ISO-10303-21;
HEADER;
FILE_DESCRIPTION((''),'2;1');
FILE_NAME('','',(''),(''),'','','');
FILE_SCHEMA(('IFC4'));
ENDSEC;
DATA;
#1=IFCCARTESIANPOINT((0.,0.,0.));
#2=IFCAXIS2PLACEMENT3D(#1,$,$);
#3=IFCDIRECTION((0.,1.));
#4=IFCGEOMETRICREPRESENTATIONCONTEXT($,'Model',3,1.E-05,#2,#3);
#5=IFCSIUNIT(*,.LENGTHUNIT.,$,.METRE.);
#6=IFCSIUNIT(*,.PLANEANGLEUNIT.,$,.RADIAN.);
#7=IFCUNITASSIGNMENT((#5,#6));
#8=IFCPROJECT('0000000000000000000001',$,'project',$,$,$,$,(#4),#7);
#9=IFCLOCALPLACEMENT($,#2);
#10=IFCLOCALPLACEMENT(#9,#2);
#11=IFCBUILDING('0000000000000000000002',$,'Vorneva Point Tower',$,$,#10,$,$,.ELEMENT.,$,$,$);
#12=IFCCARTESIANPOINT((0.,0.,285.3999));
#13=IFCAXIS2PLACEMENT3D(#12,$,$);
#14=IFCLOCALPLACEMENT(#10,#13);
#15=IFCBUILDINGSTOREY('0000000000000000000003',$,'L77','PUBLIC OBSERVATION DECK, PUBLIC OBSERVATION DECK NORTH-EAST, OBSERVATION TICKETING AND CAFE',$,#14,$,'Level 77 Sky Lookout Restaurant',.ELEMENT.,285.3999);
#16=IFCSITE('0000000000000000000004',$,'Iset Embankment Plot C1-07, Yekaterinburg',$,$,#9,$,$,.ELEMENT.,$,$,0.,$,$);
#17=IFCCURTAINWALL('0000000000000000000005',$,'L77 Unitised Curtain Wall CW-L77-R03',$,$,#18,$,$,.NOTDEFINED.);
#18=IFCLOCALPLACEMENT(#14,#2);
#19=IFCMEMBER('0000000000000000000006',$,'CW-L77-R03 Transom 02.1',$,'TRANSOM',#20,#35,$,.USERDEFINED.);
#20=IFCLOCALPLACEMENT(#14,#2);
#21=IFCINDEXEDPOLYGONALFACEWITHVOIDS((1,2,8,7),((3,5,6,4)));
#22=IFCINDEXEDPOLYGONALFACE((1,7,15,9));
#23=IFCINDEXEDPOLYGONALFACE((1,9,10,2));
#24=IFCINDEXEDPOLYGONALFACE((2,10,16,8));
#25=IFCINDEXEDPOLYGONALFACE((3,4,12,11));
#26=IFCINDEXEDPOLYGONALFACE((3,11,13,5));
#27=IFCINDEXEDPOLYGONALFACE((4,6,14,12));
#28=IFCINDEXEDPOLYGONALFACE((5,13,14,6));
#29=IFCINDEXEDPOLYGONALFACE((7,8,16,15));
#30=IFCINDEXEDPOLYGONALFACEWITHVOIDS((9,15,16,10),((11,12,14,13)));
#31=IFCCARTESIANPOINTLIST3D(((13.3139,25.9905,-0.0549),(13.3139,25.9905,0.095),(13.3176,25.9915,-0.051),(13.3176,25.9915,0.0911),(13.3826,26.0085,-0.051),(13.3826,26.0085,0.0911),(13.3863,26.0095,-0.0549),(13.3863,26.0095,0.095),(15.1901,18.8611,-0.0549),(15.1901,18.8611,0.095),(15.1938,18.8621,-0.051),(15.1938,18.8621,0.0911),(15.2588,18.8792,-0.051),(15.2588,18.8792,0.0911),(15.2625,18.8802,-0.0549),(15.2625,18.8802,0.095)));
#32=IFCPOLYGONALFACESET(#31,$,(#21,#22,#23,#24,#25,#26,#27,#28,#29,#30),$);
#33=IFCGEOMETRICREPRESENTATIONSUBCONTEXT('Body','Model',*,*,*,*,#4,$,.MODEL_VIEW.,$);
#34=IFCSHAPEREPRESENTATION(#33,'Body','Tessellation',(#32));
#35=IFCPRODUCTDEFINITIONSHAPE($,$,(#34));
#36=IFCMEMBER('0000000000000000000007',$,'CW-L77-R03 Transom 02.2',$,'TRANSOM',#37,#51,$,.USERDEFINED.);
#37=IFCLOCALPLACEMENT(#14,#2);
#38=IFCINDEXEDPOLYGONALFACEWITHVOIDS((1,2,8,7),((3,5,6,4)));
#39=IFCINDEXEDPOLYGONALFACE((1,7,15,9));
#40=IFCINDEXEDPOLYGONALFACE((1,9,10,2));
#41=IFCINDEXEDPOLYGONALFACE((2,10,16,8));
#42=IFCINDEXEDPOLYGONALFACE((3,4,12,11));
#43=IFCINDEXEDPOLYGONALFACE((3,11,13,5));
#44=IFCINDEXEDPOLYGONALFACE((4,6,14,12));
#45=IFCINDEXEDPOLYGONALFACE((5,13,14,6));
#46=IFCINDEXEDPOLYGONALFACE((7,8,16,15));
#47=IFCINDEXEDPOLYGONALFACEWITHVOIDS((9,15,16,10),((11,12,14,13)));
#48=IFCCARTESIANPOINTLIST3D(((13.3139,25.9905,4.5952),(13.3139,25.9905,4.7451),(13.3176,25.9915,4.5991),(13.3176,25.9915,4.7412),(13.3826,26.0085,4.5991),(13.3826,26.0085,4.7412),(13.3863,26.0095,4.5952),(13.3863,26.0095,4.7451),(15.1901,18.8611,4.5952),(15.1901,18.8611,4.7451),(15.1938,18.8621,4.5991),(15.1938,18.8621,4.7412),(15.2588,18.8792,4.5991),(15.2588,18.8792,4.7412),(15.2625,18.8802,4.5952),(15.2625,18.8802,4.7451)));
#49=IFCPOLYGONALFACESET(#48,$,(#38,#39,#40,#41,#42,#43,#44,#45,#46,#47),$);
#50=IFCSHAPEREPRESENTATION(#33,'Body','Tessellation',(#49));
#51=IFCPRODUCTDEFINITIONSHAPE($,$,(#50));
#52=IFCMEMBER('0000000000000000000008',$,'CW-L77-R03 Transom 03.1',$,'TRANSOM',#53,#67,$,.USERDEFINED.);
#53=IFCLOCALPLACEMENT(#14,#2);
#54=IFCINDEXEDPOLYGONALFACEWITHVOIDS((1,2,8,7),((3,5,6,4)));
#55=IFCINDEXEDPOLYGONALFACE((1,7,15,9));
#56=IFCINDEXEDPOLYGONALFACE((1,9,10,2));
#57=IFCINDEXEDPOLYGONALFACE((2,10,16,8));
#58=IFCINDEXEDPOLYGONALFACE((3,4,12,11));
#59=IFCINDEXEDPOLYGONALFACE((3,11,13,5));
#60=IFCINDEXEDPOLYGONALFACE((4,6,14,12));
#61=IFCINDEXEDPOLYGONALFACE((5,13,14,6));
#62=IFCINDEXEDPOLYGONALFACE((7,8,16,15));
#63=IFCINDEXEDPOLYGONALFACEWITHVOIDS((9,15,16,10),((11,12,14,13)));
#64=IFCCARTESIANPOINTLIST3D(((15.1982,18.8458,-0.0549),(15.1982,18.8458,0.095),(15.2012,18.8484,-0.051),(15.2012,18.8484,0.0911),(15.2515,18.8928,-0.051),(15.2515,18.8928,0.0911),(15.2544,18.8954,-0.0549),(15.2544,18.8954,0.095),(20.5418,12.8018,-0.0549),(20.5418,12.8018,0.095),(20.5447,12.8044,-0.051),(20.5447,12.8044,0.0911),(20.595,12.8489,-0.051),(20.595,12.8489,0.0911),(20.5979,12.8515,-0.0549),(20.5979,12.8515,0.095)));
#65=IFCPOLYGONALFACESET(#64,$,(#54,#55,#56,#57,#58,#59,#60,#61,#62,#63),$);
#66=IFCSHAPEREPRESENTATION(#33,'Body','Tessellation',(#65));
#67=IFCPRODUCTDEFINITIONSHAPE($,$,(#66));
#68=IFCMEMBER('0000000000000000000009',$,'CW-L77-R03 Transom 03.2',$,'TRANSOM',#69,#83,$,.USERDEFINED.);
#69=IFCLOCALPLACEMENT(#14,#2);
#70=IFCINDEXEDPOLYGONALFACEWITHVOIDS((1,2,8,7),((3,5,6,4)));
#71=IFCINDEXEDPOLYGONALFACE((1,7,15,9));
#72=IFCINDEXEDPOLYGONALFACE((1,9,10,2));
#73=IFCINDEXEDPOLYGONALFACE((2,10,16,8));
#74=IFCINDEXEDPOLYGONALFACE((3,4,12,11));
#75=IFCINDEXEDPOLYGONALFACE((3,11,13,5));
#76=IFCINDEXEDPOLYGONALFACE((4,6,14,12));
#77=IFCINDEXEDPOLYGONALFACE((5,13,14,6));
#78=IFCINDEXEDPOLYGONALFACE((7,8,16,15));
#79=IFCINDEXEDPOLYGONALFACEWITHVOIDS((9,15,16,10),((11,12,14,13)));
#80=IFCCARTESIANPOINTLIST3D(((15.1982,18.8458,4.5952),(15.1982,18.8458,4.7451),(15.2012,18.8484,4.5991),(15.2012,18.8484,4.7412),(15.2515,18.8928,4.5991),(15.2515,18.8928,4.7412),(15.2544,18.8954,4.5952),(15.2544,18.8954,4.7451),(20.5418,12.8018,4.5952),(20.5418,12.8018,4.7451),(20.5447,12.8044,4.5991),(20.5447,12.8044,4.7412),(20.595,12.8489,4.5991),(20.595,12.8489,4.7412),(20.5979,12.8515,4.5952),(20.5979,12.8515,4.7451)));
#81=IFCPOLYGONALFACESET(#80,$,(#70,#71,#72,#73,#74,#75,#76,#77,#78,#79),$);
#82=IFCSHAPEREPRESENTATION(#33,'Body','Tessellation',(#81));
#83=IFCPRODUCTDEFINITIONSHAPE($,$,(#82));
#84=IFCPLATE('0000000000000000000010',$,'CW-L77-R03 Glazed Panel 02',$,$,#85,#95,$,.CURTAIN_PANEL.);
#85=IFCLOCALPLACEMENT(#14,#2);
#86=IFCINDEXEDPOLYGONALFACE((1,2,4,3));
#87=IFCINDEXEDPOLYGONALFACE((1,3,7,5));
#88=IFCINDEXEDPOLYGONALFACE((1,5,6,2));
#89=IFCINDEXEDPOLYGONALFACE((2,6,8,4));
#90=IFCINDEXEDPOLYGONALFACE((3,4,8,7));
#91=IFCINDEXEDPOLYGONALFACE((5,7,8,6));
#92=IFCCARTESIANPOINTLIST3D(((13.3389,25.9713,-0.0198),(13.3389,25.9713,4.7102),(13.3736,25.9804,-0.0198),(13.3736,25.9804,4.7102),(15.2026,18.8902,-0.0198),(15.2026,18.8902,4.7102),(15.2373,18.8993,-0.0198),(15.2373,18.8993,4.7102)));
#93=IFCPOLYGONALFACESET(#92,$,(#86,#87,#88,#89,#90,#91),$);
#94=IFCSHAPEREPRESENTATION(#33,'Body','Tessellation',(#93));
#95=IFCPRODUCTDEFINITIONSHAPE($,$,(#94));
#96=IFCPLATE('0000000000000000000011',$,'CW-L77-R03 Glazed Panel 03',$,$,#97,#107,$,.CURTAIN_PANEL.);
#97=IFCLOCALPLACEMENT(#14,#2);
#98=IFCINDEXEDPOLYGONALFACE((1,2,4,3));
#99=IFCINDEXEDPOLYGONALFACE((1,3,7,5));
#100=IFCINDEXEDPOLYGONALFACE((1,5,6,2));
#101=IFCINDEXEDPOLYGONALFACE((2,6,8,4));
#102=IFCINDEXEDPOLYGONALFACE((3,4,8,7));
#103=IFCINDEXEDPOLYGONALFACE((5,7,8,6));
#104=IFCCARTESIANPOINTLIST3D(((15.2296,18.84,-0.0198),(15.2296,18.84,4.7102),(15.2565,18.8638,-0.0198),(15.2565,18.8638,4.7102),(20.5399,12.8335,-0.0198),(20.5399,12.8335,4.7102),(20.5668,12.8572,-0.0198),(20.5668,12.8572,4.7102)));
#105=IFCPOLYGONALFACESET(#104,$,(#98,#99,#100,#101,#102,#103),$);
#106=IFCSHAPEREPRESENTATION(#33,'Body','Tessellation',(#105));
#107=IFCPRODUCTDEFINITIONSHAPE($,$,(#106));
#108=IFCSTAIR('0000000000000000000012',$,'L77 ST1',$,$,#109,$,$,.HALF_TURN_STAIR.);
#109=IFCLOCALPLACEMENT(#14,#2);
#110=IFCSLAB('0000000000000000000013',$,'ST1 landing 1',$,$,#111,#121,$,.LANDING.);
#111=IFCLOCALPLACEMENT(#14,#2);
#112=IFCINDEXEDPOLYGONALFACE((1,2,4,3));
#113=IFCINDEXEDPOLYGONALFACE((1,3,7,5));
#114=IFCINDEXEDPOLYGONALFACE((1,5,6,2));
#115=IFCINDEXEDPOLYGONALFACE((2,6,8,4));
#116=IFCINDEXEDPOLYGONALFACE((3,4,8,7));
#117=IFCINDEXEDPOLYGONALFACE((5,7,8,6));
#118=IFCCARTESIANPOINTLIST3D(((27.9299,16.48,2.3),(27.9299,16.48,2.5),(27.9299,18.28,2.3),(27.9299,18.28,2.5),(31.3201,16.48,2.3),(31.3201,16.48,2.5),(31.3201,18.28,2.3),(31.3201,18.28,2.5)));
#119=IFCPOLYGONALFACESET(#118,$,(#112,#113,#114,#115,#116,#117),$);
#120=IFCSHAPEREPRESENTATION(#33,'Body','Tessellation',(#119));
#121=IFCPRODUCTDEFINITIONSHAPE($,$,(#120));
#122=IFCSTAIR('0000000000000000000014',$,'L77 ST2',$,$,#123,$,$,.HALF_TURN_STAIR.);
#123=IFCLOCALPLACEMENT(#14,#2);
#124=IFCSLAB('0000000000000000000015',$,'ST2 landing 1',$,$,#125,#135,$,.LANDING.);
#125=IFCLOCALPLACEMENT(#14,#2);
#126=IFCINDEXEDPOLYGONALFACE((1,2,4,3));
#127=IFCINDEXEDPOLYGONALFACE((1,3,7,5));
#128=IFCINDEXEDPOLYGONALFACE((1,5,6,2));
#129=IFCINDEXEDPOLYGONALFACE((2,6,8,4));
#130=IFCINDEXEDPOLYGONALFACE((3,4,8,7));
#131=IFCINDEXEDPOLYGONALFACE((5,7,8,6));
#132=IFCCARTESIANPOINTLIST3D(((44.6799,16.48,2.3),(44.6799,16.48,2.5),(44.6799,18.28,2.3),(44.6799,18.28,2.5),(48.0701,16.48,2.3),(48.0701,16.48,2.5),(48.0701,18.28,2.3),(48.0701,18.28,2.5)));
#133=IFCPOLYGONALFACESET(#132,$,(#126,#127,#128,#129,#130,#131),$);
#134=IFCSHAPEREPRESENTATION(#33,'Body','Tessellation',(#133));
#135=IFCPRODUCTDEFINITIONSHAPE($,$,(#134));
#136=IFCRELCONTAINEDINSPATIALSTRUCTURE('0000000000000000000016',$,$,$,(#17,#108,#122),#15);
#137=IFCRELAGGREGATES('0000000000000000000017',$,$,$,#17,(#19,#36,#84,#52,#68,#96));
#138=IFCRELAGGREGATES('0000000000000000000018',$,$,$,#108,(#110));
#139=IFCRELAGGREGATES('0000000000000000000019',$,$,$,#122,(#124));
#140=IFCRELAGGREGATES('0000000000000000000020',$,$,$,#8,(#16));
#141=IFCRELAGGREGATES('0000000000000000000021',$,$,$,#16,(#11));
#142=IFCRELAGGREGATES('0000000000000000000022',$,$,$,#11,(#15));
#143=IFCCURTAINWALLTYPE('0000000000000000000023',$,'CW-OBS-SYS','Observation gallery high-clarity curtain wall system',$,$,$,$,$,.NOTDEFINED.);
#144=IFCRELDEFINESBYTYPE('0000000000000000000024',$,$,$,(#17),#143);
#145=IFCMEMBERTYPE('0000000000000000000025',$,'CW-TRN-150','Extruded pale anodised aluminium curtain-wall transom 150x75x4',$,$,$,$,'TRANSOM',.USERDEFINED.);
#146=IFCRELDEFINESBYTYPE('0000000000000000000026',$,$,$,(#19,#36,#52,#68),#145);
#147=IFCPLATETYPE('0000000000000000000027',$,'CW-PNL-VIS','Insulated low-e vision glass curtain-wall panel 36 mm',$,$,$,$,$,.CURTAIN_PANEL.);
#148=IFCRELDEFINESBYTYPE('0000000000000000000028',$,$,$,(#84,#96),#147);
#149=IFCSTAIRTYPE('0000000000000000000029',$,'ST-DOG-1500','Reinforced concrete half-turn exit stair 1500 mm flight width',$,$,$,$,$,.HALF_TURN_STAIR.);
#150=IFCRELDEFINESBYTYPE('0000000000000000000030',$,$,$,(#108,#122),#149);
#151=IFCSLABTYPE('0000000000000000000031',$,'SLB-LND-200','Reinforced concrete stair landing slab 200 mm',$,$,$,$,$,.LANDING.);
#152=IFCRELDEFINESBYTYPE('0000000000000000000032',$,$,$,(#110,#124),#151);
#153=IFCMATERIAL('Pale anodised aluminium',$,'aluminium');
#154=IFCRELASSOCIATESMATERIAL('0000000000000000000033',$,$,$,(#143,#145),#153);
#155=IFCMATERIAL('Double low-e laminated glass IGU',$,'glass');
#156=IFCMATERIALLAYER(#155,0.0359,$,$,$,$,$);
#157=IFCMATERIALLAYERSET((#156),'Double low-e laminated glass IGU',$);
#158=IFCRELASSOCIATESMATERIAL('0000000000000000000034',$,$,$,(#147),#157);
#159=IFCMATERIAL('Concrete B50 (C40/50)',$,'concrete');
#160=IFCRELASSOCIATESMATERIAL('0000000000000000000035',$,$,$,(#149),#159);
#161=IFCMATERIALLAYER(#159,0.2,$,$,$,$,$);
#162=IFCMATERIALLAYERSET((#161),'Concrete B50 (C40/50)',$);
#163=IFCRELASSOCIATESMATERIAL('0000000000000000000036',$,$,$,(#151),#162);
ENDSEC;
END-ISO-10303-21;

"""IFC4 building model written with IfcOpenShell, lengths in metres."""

from ifc_helpers import new_model, si_unit, direction, frame, origin, origin_2d, place, context, subcontext, project, spatial, polyline, rectangle, hollow_rectangle, outline, extrude, material, layer, layer_set, material_profile, profile_set, type_object, element, aggregate, save


model = new_model("IFC4")

# Units and contexts
model_context = context("Model", 3, precision=1e-05, world=origin(), true_north=direction((0.0, 1.0)))
body_context = subcontext(model_context, "Body", "Model", "MODEL_VIEW")
ifc_project = project(units=[si_unit("LENGTHUNIT", "METRE"), si_unit("PLANEANGLEUNIT", "RADIAN")], contexts=[model_context])

# Site, building, storey
site_placement = place(None, origin())
site = spatial("IfcSite", under=ifc_project, at=site_placement, Name="Iset Embankment Plot C1-07, Yekaterinburg", CompositionType="ELEMENT", RefElevation=0.0)
building_placement = place(site_placement, origin())
building = spatial("IfcBuilding", under=site, at=building_placement, Name="Vorneva Point Tower", CompositionType="ELEMENT")
storey_placement = place(building_placement, frame((0.0, 0.0, 285.3999)))
storey = spatial("IfcBuildingStorey", under=building, at=storey_placement, Name="L77", Description="PUBLIC OBSERVATION DECK, PUBLIC OBSERVATION DECK NORTH-EAST, OBSERVATION TICKETING AND CAFE", LongName="Level 77 Sky Lookout Restaurant", CompositionType="ELEMENT", Elevation=285.3999)

# Shared definitions
ifc_material_1 = material(Name="Concrete B50 (C40/50)", Category="concrete")

# Curtain wall, members, plates
ifc_material_2 = material(Name="Pale anodised aluminium", Category="aluminium")
curtain_wall_type = type_object("IfcCurtainWallType", Name="CW-OBS-SYS", Description="Observation gallery high-clarity curtain wall system", PredefinedType="NOTDEFINED", material=ifc_material_2)
curtain_wall_placement = place(storey_placement, origin())
curtain_wall = element("IfcCurtainWall", 1, at=curtain_wall_placement, inside=storey, type_object=curtain_wall_type, Name="L77 Unitised Curtain Wall CW-L77-R03", PredefinedType="NOTDEFINED")
ifc_material_profile_1 = material_profile(ifc_material_2, hollow_rectangle(XDim=0.075, YDim=0.1499, WallThickness=0.0039, at=origin_2d()), Name="AL-TRN 150x75x4")
ifc_profile_set_1 = profile_set([ifc_material_profile_1], Name="Pale anodised aluminium")
member_type_1 = type_object("IfcMemberType", Name="CW-TRN-150", Description="Extruded pale anodised aluminium curtain-wall transom 150x75x4", ElementType="TRANSOM", PredefinedType="USERDEFINED", material=ifc_profile_set_1)
member_1_placement = place(storey_placement, frame((13.3501, 26.0, 0.02), z_axis=(0.254501, -0.967072, 0.0), x_axis=(0.967072, 0.254501, 0.0)))
member_1 = element("IfcMember", 2, at=member_1_placement, type_object=member_type_1, Name="CW-L77-R03 Transom 02.1", ObjectType="TRANSOM", PredefinedType="USERDEFINED", context=body_context, shape_type="SweptSolid", body=[
    extrude(hollow_rectangle(XDim=0.075, YDim=0.1499, WallThickness=0.0039, at=origin_2d()), origin(), (0.0, 0.0, 1.0), 7.3721),
])
member_2_placement = place(storey_placement, frame((13.3501, 26.0, 4.6702), z_axis=(0.254501, -0.967072, 0.0), x_axis=(0.967072, 0.254501, 0.0)))
member_2 = element("IfcMember", 3, at=member_2_placement, type_object=member_type_1, Name="CW-L77-R03 Transom 02.2", ObjectType="TRANSOM", PredefinedType="USERDEFINED", context=body_context, shape_type="SweptSolid", body=[
    extrude(hollow_rectangle(XDim=0.075, YDim=0.1499, WallThickness=0.0039, at=origin_2d()), origin(), (0.0, 0.0, 1.0), 7.3721),
])
member_3_placement = place(storey_placement, frame((15.2263, 18.8706, 0.02), z_axis=(0.662361, -0.749185, 0.0), x_axis=(0.749185, 0.662361, 0.0)))
member_3 = element("IfcMember", 4, at=member_3_placement, type_object=member_type_1, Name="CW-L77-R03 Transom 03.1", ObjectType="TRANSOM", PredefinedType="USERDEFINED", context=body_context, shape_type="SweptSolid", body=[
    extrude(hollow_rectangle(XDim=0.075, YDim=0.1499, WallThickness=0.0039, at=origin_2d()), origin(), (0.0, 0.0, 1.0), 8.0674),
])
member_4_placement = place(storey_placement, frame((15.2263, 18.8706, 4.6702), z_axis=(0.662361, -0.749185, 0.0), x_axis=(0.749185, 0.662361, 0.0)))
member_4 = element("IfcMember", 5, at=member_4_placement, type_object=member_type_1, Name="CW-L77-R03 Transom 03.2", ObjectType="TRANSOM", PredefinedType="USERDEFINED", context=body_context, shape_type="SweptSolid", body=[
    extrude(hollow_rectangle(XDim=0.075, YDim=0.1499, WallThickness=0.0039, at=origin_2d()), origin(), (0.0, 0.0, 1.0), 8.0674),
])
ifc_material_3 = material(Name="Double low-e laminated glass IGU", Category="glass")
ifc_layer_1 = layer(ifc_material_3, 0.0359)
ifc_layer_set_1 = layer_set([ifc_layer_1], Name="Double low-e laminated glass IGU")
plate_type = type_object("IfcPlateType", Name="CW-PNL-VIS", Description="Insulated low-e vision glass curtain-wall panel 36 mm", PredefinedType="CURTAIN_PANEL", material=ifc_layer_set_1)
plate_1_placement = place(storey_placement, frame((14.2881, 22.4353, -0.0198), z_axis=(0.0, 0.0, 1.0), x_axis=(0.254518, -0.967068, 0.0)))
plate_1 = element("IfcPlate", 6, at=plate_1_placement, type_object=plate_type, Name="CW-L77-R03 Glazed Panel 02", PredefinedType="CURTAIN_PANEL", context=body_context, shape_type="SweptSolid", body=[
    extrude(rectangle(XDim=7.3223, YDim=0.0359, at=origin_2d()), origin(), (0.0, 0.0, 1.0), 4.73),
])
plate_2_placement = place(storey_placement, frame((17.8982, 15.8486, -0.0198), z_axis=(0.0, 0.0, 1.0), x_axis=(0.662345, -0.749199, 0.0)))
plate_2 = element("IfcPlate", 7, at=plate_2_placement, type_object=plate_type, Name="CW-L77-R03 Glazed Panel 03", PredefinedType="CURTAIN_PANEL", context=body_context, shape_type="SweptSolid", body=[
    extrude(rectangle(XDim=8.0173, YDim=0.0359, at=origin_2d()), origin(), (0.0, 0.0, 1.0), 4.73),
])
aggregate(curtain_wall, [member_1, member_2, plate_1, member_3, member_4, plate_2])

# Stairs, slabs
stair_type = type_object("IfcStairType", Name="ST-DOG-1500", Description="Reinforced concrete half-turn exit stair 1500 mm flight width", PredefinedType="HALF_TURN_STAIR", material=ifc_material_1)
stair_1_placement = place(storey_placement, origin())
stair_1 = element("IfcStair", 8, at=stair_1_placement, inside=storey, type_object=stair_type, Name="L77 ST1", PredefinedType="HALF_TURN_STAIR")
ifc_layer_2 = layer(ifc_material_1, 0.2)
ifc_layer_set_2 = layer_set([ifc_layer_2], Name="Concrete B50 (C40/50)")
slab_type_1 = type_object("IfcSlabType", Name="SLB-LND-200", Description="Reinforced concrete stair landing slab 200 mm", PredefinedType="LANDING", material=ifc_layer_set_2)
slab_1_placement = place(storey_placement, frame((0.0, 0.0, 2.3)))
slab_1 = element("IfcSlab", 9, at=slab_1_placement, type_object=slab_type_1, Name="ST1 landing 1", PredefinedType="LANDING", context=body_context, shape_type="SweptSolid", body=[
    extrude(outline(polyline([(27.9299, 16.48), (31.3201, 16.48), (31.3201, 18.28), (27.9299, 18.28), (27.9299, 16.48)])), origin(), (0.0, 0.0, 1.0), 0.2),
])
aggregate(stair_1, [slab_1])
stair_2_placement = place(storey_placement, origin())
stair_2 = element("IfcStair", 10, at=stair_2_placement, inside=storey, type_object=stair_type, Name="L77 ST2", PredefinedType="HALF_TURN_STAIR")
slab_2_placement = place(storey_placement, frame((0.0, 0.0, 2.3)))
slab_2 = element("IfcSlab", 11, at=slab_2_placement, type_object=slab_type_1, Name="ST2 landing 1", PredefinedType="LANDING", context=body_context, shape_type="SweptSolid", body=[
    extrude(outline(polyline([(44.6799, 16.48), (48.0701, 16.48), (48.0701, 18.28), (44.6799, 18.28), (44.6799, 16.48)])), origin(), (0.0, 0.0, 1.0), 0.2),
])
aggregate(stair_2, [slab_2])

save(model, "model.ifc")
